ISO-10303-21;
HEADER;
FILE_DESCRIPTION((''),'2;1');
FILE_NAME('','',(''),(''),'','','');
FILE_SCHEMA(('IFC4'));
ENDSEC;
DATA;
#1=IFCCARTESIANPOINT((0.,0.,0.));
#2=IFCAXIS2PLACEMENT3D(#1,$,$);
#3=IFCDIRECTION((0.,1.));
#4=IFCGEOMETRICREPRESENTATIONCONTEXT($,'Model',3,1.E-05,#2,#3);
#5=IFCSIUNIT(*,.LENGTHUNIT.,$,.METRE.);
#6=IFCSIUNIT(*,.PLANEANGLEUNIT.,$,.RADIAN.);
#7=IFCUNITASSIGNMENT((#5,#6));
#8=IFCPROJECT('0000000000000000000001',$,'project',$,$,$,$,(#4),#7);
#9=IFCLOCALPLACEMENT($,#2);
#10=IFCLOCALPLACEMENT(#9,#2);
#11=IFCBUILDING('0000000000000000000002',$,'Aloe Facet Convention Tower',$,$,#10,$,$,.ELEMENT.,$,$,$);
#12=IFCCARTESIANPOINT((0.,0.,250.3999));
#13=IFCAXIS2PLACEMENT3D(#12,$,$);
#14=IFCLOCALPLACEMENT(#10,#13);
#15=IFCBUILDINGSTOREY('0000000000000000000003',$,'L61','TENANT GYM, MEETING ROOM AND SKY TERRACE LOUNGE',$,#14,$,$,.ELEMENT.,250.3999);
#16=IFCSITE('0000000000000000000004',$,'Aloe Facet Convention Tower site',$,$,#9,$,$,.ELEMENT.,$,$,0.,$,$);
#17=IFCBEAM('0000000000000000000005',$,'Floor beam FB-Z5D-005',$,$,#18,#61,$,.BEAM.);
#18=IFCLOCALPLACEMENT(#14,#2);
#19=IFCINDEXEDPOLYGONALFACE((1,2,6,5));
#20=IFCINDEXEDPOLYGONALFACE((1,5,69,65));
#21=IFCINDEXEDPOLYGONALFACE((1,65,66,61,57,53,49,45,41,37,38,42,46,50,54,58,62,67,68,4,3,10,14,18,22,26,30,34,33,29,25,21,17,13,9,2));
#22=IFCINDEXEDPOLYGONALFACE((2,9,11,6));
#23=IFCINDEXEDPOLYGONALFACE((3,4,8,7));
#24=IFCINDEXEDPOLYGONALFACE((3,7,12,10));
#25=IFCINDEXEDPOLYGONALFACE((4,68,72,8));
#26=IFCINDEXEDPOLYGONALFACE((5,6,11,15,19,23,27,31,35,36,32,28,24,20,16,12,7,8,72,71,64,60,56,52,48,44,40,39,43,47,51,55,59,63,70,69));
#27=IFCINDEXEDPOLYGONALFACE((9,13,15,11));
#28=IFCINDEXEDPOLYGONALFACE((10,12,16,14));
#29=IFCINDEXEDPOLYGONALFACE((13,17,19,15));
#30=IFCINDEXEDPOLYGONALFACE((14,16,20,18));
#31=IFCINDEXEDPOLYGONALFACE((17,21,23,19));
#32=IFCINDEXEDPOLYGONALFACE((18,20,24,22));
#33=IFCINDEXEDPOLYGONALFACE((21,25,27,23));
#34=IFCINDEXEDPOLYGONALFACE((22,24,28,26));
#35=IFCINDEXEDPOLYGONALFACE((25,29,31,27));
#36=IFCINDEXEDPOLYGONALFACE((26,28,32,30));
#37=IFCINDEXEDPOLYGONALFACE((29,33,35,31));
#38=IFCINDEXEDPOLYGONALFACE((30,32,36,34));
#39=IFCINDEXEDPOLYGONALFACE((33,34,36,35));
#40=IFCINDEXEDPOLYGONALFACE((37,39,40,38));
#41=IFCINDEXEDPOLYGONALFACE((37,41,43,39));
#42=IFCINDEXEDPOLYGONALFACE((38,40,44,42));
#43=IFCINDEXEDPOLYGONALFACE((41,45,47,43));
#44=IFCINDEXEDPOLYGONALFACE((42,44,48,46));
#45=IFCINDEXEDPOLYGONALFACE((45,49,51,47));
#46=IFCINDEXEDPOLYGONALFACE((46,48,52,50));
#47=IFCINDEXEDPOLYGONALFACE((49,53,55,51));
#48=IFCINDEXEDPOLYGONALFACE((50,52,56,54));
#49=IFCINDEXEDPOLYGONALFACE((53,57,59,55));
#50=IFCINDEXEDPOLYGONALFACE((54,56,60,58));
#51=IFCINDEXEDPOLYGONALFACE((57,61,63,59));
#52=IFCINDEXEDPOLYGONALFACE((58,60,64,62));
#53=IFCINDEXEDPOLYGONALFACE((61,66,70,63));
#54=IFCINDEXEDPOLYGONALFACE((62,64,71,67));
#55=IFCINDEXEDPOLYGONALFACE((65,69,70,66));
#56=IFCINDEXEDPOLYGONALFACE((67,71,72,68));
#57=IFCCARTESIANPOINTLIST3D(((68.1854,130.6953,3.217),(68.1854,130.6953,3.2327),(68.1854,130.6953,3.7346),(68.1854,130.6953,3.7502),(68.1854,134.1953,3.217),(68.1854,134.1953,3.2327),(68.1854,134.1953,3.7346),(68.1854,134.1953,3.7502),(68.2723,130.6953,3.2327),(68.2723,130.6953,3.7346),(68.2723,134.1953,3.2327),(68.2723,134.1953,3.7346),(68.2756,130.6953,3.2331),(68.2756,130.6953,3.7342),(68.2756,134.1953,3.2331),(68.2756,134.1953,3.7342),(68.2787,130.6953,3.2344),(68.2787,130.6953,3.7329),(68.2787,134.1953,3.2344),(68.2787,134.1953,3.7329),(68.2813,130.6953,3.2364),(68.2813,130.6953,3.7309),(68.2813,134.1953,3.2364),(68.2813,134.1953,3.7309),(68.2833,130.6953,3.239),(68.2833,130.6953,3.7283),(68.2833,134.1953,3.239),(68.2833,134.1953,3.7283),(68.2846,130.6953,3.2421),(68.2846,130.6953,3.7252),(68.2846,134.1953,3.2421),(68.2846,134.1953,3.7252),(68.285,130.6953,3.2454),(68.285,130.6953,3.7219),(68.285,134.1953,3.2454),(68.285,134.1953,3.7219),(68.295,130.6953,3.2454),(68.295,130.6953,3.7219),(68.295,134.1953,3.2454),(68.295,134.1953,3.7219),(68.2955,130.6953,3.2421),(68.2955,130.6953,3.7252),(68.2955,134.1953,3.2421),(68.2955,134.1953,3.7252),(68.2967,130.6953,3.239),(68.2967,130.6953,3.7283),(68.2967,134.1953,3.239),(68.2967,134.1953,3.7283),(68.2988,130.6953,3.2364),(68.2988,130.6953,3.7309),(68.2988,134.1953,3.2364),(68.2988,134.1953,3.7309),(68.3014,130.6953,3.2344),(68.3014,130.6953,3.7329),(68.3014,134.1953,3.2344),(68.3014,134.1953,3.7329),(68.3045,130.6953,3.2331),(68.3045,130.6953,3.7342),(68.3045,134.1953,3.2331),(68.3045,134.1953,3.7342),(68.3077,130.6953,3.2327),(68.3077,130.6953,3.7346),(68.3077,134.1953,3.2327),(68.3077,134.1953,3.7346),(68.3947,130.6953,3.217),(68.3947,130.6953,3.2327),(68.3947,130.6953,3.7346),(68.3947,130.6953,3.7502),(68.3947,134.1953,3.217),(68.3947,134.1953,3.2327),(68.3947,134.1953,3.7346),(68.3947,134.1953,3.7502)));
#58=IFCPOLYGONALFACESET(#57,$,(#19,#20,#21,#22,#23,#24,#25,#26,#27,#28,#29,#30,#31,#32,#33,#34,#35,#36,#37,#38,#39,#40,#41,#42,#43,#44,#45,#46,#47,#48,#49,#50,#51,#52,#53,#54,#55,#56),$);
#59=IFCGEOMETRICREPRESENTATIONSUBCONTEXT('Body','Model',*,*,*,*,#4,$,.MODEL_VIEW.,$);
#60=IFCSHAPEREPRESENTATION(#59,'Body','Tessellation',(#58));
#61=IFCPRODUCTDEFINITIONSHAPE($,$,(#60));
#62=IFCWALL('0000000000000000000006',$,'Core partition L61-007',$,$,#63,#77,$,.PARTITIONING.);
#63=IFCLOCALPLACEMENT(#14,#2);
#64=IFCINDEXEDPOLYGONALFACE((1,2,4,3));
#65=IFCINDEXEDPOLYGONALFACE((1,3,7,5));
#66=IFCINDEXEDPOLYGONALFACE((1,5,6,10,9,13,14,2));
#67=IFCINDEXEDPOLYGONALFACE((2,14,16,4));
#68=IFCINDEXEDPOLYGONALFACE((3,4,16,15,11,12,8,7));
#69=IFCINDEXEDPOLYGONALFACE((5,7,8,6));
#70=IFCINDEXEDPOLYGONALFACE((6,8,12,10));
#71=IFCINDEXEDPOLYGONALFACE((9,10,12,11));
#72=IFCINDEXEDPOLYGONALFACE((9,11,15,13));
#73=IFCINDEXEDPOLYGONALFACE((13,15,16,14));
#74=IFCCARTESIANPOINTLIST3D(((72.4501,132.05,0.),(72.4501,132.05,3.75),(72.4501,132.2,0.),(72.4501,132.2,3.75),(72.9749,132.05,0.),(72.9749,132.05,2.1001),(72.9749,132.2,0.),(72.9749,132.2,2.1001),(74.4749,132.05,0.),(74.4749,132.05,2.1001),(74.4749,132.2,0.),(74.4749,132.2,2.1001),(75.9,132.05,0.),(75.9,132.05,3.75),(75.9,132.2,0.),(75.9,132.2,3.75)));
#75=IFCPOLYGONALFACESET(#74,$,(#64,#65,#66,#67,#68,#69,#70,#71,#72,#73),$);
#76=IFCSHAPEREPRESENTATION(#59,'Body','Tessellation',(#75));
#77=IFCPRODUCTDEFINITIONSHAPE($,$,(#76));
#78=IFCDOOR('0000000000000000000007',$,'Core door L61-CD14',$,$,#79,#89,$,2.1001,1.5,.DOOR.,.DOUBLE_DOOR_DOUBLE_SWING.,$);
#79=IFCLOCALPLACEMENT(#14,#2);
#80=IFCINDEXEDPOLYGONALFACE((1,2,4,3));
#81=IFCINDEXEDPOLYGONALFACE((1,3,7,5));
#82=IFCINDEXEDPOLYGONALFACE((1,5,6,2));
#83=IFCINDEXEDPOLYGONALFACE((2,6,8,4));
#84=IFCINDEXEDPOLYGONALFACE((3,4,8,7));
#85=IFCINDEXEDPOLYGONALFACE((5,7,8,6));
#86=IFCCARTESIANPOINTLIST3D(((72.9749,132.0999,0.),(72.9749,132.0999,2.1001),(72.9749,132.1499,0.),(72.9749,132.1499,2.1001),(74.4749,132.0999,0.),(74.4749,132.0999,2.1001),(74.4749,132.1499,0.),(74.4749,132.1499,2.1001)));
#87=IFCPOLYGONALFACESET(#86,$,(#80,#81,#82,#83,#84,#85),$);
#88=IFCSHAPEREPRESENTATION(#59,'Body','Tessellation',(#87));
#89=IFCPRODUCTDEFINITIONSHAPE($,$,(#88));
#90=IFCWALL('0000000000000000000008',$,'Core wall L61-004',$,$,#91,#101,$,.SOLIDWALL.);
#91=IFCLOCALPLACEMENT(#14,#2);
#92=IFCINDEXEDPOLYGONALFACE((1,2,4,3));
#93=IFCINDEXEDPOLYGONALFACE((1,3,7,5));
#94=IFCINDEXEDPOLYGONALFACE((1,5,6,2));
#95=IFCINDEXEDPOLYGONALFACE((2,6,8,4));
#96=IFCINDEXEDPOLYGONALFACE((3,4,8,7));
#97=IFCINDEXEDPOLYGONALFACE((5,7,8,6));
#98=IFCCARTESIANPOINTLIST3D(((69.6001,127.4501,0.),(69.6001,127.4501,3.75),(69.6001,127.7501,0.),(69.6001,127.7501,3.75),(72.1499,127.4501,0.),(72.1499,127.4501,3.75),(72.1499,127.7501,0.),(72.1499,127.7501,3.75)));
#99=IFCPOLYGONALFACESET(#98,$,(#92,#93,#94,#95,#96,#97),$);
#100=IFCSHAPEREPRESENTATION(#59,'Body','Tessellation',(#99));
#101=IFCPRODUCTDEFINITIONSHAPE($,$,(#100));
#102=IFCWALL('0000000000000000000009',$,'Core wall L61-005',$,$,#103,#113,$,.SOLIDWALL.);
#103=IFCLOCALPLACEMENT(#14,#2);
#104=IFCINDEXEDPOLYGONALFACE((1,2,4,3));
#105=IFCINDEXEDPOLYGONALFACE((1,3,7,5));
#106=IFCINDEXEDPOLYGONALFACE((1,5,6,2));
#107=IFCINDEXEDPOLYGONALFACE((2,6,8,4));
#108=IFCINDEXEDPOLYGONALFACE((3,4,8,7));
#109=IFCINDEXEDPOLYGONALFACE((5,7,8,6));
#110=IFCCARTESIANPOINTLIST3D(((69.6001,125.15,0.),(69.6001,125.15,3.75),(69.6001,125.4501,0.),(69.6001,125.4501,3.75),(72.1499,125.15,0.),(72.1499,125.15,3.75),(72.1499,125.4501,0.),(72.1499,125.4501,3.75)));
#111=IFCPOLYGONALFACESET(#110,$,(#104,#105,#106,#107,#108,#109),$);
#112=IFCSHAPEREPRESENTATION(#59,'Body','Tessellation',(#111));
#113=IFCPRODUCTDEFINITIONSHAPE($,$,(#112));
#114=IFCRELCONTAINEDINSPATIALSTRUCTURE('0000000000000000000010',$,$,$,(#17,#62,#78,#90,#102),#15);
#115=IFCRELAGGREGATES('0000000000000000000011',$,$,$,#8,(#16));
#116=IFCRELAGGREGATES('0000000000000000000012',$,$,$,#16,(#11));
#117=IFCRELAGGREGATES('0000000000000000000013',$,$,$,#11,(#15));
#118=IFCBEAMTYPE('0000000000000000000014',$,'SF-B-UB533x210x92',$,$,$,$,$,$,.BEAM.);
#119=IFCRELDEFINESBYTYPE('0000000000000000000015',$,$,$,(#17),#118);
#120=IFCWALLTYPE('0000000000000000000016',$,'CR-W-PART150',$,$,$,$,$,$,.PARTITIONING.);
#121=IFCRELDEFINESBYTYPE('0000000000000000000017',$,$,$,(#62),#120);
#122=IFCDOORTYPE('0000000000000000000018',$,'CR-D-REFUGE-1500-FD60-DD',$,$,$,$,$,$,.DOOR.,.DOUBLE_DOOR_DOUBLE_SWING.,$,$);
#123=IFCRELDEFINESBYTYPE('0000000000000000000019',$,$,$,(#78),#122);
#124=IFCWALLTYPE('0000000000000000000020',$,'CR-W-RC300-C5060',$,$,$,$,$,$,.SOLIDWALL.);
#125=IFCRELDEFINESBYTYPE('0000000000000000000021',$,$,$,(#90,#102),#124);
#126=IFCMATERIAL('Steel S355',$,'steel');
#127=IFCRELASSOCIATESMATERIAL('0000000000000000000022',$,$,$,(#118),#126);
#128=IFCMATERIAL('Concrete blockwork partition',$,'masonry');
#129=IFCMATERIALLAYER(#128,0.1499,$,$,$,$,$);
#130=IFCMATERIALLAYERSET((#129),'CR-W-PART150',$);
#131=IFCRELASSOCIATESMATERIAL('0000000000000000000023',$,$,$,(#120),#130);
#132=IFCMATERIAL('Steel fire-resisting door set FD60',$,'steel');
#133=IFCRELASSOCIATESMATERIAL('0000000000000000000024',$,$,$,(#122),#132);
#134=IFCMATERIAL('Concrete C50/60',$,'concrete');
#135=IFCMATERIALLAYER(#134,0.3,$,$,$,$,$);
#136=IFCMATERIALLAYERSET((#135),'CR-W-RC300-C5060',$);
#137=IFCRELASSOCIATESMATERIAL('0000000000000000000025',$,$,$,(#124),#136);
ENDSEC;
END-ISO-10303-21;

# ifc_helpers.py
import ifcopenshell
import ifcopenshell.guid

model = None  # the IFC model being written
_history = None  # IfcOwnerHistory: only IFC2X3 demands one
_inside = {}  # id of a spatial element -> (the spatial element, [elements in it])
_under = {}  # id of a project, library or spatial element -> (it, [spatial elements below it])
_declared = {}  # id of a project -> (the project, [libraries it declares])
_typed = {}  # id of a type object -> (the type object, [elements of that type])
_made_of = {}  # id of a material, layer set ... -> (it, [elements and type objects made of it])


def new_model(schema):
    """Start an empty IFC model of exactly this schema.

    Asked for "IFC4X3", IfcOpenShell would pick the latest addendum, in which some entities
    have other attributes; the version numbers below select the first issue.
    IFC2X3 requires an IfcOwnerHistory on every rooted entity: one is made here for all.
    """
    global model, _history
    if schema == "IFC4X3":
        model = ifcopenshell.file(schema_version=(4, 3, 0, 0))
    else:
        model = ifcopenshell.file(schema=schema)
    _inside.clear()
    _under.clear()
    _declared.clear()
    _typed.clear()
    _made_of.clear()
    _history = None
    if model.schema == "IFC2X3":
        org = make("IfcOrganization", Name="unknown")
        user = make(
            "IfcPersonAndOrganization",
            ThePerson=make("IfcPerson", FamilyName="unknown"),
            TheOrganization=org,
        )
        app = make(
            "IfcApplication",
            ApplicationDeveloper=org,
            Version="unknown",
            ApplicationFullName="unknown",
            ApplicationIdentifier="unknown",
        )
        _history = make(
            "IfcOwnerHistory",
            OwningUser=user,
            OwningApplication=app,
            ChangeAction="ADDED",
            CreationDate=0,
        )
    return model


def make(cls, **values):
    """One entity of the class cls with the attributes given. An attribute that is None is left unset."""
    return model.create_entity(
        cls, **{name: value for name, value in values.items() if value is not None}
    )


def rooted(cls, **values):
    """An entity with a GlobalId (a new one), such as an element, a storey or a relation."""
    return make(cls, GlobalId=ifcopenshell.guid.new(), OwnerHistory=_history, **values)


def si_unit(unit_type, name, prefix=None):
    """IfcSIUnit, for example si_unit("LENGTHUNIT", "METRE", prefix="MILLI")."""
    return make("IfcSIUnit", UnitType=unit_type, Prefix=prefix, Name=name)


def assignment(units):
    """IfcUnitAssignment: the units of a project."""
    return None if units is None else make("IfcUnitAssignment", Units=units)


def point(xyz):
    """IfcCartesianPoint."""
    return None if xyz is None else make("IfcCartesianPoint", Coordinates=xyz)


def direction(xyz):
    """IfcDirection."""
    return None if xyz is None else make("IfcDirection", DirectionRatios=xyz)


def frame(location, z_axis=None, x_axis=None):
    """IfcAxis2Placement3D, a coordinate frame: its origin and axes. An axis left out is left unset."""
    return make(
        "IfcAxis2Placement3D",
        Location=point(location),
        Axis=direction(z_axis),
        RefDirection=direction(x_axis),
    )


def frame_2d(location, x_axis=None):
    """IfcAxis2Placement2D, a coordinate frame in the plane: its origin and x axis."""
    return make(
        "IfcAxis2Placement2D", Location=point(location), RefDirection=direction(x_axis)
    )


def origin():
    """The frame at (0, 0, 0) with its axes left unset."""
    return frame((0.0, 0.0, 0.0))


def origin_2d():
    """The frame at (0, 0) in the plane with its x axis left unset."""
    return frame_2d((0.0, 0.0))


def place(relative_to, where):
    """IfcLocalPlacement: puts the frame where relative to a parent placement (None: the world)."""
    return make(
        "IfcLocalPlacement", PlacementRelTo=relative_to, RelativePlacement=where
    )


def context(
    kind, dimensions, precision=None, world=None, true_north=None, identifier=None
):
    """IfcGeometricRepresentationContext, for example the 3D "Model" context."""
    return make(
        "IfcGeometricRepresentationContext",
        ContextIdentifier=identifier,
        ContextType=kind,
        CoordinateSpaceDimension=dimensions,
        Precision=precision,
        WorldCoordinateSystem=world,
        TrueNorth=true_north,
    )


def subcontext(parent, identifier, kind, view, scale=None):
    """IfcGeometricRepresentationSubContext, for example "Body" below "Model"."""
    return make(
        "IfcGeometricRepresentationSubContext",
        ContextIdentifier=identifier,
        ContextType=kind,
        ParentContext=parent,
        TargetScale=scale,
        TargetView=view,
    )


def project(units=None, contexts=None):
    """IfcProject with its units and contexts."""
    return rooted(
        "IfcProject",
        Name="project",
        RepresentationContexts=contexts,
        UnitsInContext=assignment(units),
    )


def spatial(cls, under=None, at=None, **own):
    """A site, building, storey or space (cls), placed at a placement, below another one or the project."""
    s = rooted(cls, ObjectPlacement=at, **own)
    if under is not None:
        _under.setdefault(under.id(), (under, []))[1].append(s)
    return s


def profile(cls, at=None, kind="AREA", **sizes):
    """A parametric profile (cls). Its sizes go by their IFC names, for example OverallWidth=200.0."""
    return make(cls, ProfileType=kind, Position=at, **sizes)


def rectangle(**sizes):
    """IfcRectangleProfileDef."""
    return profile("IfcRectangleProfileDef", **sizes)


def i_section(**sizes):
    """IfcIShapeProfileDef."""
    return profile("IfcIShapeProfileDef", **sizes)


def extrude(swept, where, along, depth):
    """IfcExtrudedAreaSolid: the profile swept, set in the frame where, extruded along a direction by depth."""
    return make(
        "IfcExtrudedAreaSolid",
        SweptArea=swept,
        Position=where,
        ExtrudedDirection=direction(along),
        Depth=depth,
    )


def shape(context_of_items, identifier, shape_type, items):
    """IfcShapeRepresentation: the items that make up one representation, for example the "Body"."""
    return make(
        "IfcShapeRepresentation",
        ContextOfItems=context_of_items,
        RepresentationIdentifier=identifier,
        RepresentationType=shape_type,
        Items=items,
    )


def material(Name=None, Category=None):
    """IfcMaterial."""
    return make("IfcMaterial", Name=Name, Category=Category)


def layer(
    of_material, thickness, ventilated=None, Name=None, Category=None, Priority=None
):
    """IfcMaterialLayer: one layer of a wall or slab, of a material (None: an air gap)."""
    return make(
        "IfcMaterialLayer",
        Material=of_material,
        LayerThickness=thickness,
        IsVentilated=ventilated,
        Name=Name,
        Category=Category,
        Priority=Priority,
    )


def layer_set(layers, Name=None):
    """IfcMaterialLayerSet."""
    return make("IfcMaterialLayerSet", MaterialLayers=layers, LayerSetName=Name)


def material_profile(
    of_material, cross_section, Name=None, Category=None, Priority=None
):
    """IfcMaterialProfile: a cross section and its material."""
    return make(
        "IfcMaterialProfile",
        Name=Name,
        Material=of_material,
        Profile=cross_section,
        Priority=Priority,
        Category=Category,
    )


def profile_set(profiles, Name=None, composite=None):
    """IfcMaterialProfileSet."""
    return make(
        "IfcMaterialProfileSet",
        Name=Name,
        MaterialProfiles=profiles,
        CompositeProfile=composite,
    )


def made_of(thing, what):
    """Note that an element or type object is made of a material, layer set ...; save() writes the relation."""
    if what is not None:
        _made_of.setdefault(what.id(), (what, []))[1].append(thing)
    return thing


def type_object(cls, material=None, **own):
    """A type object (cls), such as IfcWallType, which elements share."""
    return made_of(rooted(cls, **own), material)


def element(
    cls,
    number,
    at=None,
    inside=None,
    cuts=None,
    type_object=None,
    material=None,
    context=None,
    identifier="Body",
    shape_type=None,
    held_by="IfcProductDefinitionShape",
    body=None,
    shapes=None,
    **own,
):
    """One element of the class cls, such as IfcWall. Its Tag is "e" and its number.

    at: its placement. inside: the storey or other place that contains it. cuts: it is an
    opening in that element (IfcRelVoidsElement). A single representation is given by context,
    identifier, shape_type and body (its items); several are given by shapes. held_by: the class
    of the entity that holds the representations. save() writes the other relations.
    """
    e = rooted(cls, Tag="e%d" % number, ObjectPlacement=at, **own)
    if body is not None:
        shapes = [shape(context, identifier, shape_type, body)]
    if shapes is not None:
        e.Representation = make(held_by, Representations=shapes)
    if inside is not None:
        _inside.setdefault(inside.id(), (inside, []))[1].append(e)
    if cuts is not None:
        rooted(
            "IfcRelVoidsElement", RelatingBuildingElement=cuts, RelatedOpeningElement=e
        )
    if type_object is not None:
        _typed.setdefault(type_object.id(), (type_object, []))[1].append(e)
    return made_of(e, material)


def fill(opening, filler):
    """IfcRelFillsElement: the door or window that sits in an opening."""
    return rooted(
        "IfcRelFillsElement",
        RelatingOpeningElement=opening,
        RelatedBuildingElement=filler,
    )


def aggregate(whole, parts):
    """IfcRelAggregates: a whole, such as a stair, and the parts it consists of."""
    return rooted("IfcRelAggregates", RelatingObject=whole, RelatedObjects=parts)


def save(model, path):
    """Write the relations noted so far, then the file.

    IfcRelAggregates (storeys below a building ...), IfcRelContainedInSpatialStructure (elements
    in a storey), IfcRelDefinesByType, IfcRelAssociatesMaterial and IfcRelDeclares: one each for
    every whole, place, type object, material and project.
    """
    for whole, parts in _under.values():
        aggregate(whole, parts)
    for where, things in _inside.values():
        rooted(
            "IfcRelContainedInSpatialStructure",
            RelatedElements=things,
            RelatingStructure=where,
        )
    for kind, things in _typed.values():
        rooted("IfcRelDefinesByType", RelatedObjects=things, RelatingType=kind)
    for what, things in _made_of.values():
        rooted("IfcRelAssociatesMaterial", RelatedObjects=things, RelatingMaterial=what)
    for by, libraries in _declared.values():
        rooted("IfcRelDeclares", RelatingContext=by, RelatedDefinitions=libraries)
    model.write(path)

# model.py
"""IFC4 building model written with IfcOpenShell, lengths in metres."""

from ifc_helpers import new_model, si_unit, direction, frame, frame_2d, origin, origin_2d, place, context, subcontext, project, spatial, rectangle, i_section, extrude, material, layer, layer_set, material_profile, profile_set, type_object, element, fill, save


model = new_model("IFC4")

# Units and contexts
model_context = context("Model", 3, precision=1e-05, world=origin(), true_north=direction((0.0, 1.0)))
body_context = subcontext(model_context, "Body", "Model", "MODEL_VIEW")
ifc_project = project(units=[si_unit("LENGTHUNIT", "METRE"), si_unit("PLANEANGLEUNIT", "RADIAN")], contexts=[model_context])

# Site, building, storey
site_placement = place(None, origin())
site = spatial("IfcSite", under=ifc_project, at=site_placement, Name="Aloe Facet Convention Tower site", CompositionType="ELEMENT", RefElevation=0.0)
building_placement = place(site_placement, origin())
building = spatial("IfcBuilding", under=site, at=building_placement, Name="Aloe Facet Convention Tower", CompositionType="ELEMENT")
storey_placement = place(building_placement, frame((0.0, 0.0, 250.3999)))
storey = spatial("IfcBuildingStorey", under=building, at=storey_placement, Name="L61", Description="TENANT GYM, MEETING ROOM AND SKY TERRACE LOUNGE", CompositionType="ELEMENT", Elevation=250.3999)

# Beam
ifc_material_1 = material(Name="Steel S355", Category="steel")
ifc_material_profile = material_profile(ifc_material_1, i_section(OverallWidth=0.2092, OverallDepth=0.5332, WebThickness=0.01, FlangeThickness=0.0156, FilletRadius=0.0127, at=origin_2d()), Name="UB 533x210x92")
ifc_profile_set = profile_set([ifc_material_profile], Name="Steel S355")
beam_type = type_object("IfcBeamType", Name="SF-B-UB533x210x92", PredefinedType="BEAM", material=ifc_profile_set)
beam_placement = place(storey_placement, frame((68.29, 130.6953, 3.4836), z_axis=(0.0, 1.0, 0.0), x_axis=(-1.0, 0.0, 0.0)))
element("IfcBeam", 1, at=beam_placement, inside=storey, type_object=beam_type, Name="Floor beam FB-Z5D-005", PredefinedType="BEAM", context=body_context, shape_type="SweptSolid", body=[
    extrude(i_section(OverallWidth=0.2092, OverallDepth=0.5332, WebThickness=0.01, FlangeThickness=0.0156, FilletRadius=0.0127, at=origin_2d()), origin(), (0.0, 0.0, 1.0), 3.5),
])

# Wall, opening, door
ifc_material_2 = material(Name="Concrete blockwork partition", Category="masonry")
ifc_layer_1 = layer(ifc_material_2, 0.1499)
ifc_layer_set_1 = layer_set([ifc_layer_1], Name="CR-W-PART150")
wall_type_1 = type_object("IfcWallType", Name="CR-W-PART150", PredefinedType="PARTITIONING", material=ifc_layer_set_1)
wall_1_placement = place(storey_placement, frame((72.45, 132.125, 0.0), z_axis=(0.0, 0.0, 1.0), x_axis=(1.0, 0.0, 0.0)))
wall_1 = element("IfcWall", 2, at=wall_1_placement, inside=storey, type_object=wall_type_1, Name="Core partition L61-007", PredefinedType="PARTITIONING", context=body_context, shape_type="SweptSolid", body=[
    extrude(rectangle(XDim=3.45, YDim=0.1499, at=frame_2d((1.7251, 0.0))), origin(), (0.0, 0.0, 1.0), 3.75),
])
opening_1_placement = place(wall_1_placement, frame((0.5249, 0.0, 0.0)))
opening_1 = element("IfcOpeningElement", 3, at=opening_1_placement, cuts=wall_1, PredefinedType="OPENING", context=body_context, shape_type="SweptSolid", body=[
    extrude(rectangle(XDim=1.5, YDim=2.1001, at=frame_2d((0.75, 1.05))), frame((0.0, 0.085, 0.0), z_axis=(0.0, -1.0, 0.0), x_axis=(1.0, 0.0, 0.0)), (0.0, 0.0, 1.0), 0.1699),
])
ifc_material_3 = material(Name="Steel fire-resisting door set FD60", Category="steel")
door_type_1 = type_object("IfcDoorType", Name="CR-D-REFUGE-1500-FD60-DD", OperationType="DOUBLE_DOOR_DOUBLE_SWING", PredefinedType="DOOR", material=ifc_material_3)
door_1_placement = place(opening_1_placement, origin())
door_1 = element("IfcDoor", 4, at=door_1_placement, inside=storey, type_object=door_type_1, Name="Core door L61-CD14", OperationType="DOUBLE_DOOR_DOUBLE_SWING", OverallHeight=2.1001, OverallWidth=1.5, PredefinedType="DOOR", context=body_context, shape_type="SweptSolid", body=[
    extrude(rectangle(XDim=1.5, YDim=2.1001, at=frame_2d((0.75, 1.05))), frame((0.0, 0.0249, 0.0), z_axis=(0.0, -1.0, 0.0), x_axis=(1.0, 0.0, 0.0)), (0.0, 0.0, 1.0), 0.05),
])
fill(opening_1, door_1)

# Walls
ifc_material_4 = material(Name="Concrete C50/60", Category="concrete")
ifc_layer_2 = layer(ifc_material_4, 0.3)
ifc_layer_set_2 = layer_set([ifc_layer_2], Name="CR-W-RC300-C5060")
wall_type_2 = type_object("IfcWallType", Name="CR-W-RC300-C5060", PredefinedType="SOLIDWALL", material=ifc_layer_set_2)
for number, where, z_axis, x_axis, name in (
    (5, (69.6001, 127.6001, 0.0), (0.0, 0.0, 1.0), (1.0, 0.0, 0.0), "Core wall L61-004"),
    (6, (69.6001, 125.3, 0.0), (0.0, 0.0, 1.0), (1.0, 0.0, 0.0), "Core wall L61-005"),
):
    element("IfcWall", number, at=place(storey_placement, frame(where, z_axis=z_axis, x_axis=x_axis)), inside=storey, type_object=wall_type_2, Name=name, PredefinedType="SOLIDWALL", context=body_context, shape_type="SweptSolid", body=[
        extrude(rectangle(XDim=2.5498, YDim=0.3, at=frame_2d((1.2749, 0.0))), origin(), (0.0, 0.0, 1.0), 3.75),
    ])

save(model, "model.ifc")
